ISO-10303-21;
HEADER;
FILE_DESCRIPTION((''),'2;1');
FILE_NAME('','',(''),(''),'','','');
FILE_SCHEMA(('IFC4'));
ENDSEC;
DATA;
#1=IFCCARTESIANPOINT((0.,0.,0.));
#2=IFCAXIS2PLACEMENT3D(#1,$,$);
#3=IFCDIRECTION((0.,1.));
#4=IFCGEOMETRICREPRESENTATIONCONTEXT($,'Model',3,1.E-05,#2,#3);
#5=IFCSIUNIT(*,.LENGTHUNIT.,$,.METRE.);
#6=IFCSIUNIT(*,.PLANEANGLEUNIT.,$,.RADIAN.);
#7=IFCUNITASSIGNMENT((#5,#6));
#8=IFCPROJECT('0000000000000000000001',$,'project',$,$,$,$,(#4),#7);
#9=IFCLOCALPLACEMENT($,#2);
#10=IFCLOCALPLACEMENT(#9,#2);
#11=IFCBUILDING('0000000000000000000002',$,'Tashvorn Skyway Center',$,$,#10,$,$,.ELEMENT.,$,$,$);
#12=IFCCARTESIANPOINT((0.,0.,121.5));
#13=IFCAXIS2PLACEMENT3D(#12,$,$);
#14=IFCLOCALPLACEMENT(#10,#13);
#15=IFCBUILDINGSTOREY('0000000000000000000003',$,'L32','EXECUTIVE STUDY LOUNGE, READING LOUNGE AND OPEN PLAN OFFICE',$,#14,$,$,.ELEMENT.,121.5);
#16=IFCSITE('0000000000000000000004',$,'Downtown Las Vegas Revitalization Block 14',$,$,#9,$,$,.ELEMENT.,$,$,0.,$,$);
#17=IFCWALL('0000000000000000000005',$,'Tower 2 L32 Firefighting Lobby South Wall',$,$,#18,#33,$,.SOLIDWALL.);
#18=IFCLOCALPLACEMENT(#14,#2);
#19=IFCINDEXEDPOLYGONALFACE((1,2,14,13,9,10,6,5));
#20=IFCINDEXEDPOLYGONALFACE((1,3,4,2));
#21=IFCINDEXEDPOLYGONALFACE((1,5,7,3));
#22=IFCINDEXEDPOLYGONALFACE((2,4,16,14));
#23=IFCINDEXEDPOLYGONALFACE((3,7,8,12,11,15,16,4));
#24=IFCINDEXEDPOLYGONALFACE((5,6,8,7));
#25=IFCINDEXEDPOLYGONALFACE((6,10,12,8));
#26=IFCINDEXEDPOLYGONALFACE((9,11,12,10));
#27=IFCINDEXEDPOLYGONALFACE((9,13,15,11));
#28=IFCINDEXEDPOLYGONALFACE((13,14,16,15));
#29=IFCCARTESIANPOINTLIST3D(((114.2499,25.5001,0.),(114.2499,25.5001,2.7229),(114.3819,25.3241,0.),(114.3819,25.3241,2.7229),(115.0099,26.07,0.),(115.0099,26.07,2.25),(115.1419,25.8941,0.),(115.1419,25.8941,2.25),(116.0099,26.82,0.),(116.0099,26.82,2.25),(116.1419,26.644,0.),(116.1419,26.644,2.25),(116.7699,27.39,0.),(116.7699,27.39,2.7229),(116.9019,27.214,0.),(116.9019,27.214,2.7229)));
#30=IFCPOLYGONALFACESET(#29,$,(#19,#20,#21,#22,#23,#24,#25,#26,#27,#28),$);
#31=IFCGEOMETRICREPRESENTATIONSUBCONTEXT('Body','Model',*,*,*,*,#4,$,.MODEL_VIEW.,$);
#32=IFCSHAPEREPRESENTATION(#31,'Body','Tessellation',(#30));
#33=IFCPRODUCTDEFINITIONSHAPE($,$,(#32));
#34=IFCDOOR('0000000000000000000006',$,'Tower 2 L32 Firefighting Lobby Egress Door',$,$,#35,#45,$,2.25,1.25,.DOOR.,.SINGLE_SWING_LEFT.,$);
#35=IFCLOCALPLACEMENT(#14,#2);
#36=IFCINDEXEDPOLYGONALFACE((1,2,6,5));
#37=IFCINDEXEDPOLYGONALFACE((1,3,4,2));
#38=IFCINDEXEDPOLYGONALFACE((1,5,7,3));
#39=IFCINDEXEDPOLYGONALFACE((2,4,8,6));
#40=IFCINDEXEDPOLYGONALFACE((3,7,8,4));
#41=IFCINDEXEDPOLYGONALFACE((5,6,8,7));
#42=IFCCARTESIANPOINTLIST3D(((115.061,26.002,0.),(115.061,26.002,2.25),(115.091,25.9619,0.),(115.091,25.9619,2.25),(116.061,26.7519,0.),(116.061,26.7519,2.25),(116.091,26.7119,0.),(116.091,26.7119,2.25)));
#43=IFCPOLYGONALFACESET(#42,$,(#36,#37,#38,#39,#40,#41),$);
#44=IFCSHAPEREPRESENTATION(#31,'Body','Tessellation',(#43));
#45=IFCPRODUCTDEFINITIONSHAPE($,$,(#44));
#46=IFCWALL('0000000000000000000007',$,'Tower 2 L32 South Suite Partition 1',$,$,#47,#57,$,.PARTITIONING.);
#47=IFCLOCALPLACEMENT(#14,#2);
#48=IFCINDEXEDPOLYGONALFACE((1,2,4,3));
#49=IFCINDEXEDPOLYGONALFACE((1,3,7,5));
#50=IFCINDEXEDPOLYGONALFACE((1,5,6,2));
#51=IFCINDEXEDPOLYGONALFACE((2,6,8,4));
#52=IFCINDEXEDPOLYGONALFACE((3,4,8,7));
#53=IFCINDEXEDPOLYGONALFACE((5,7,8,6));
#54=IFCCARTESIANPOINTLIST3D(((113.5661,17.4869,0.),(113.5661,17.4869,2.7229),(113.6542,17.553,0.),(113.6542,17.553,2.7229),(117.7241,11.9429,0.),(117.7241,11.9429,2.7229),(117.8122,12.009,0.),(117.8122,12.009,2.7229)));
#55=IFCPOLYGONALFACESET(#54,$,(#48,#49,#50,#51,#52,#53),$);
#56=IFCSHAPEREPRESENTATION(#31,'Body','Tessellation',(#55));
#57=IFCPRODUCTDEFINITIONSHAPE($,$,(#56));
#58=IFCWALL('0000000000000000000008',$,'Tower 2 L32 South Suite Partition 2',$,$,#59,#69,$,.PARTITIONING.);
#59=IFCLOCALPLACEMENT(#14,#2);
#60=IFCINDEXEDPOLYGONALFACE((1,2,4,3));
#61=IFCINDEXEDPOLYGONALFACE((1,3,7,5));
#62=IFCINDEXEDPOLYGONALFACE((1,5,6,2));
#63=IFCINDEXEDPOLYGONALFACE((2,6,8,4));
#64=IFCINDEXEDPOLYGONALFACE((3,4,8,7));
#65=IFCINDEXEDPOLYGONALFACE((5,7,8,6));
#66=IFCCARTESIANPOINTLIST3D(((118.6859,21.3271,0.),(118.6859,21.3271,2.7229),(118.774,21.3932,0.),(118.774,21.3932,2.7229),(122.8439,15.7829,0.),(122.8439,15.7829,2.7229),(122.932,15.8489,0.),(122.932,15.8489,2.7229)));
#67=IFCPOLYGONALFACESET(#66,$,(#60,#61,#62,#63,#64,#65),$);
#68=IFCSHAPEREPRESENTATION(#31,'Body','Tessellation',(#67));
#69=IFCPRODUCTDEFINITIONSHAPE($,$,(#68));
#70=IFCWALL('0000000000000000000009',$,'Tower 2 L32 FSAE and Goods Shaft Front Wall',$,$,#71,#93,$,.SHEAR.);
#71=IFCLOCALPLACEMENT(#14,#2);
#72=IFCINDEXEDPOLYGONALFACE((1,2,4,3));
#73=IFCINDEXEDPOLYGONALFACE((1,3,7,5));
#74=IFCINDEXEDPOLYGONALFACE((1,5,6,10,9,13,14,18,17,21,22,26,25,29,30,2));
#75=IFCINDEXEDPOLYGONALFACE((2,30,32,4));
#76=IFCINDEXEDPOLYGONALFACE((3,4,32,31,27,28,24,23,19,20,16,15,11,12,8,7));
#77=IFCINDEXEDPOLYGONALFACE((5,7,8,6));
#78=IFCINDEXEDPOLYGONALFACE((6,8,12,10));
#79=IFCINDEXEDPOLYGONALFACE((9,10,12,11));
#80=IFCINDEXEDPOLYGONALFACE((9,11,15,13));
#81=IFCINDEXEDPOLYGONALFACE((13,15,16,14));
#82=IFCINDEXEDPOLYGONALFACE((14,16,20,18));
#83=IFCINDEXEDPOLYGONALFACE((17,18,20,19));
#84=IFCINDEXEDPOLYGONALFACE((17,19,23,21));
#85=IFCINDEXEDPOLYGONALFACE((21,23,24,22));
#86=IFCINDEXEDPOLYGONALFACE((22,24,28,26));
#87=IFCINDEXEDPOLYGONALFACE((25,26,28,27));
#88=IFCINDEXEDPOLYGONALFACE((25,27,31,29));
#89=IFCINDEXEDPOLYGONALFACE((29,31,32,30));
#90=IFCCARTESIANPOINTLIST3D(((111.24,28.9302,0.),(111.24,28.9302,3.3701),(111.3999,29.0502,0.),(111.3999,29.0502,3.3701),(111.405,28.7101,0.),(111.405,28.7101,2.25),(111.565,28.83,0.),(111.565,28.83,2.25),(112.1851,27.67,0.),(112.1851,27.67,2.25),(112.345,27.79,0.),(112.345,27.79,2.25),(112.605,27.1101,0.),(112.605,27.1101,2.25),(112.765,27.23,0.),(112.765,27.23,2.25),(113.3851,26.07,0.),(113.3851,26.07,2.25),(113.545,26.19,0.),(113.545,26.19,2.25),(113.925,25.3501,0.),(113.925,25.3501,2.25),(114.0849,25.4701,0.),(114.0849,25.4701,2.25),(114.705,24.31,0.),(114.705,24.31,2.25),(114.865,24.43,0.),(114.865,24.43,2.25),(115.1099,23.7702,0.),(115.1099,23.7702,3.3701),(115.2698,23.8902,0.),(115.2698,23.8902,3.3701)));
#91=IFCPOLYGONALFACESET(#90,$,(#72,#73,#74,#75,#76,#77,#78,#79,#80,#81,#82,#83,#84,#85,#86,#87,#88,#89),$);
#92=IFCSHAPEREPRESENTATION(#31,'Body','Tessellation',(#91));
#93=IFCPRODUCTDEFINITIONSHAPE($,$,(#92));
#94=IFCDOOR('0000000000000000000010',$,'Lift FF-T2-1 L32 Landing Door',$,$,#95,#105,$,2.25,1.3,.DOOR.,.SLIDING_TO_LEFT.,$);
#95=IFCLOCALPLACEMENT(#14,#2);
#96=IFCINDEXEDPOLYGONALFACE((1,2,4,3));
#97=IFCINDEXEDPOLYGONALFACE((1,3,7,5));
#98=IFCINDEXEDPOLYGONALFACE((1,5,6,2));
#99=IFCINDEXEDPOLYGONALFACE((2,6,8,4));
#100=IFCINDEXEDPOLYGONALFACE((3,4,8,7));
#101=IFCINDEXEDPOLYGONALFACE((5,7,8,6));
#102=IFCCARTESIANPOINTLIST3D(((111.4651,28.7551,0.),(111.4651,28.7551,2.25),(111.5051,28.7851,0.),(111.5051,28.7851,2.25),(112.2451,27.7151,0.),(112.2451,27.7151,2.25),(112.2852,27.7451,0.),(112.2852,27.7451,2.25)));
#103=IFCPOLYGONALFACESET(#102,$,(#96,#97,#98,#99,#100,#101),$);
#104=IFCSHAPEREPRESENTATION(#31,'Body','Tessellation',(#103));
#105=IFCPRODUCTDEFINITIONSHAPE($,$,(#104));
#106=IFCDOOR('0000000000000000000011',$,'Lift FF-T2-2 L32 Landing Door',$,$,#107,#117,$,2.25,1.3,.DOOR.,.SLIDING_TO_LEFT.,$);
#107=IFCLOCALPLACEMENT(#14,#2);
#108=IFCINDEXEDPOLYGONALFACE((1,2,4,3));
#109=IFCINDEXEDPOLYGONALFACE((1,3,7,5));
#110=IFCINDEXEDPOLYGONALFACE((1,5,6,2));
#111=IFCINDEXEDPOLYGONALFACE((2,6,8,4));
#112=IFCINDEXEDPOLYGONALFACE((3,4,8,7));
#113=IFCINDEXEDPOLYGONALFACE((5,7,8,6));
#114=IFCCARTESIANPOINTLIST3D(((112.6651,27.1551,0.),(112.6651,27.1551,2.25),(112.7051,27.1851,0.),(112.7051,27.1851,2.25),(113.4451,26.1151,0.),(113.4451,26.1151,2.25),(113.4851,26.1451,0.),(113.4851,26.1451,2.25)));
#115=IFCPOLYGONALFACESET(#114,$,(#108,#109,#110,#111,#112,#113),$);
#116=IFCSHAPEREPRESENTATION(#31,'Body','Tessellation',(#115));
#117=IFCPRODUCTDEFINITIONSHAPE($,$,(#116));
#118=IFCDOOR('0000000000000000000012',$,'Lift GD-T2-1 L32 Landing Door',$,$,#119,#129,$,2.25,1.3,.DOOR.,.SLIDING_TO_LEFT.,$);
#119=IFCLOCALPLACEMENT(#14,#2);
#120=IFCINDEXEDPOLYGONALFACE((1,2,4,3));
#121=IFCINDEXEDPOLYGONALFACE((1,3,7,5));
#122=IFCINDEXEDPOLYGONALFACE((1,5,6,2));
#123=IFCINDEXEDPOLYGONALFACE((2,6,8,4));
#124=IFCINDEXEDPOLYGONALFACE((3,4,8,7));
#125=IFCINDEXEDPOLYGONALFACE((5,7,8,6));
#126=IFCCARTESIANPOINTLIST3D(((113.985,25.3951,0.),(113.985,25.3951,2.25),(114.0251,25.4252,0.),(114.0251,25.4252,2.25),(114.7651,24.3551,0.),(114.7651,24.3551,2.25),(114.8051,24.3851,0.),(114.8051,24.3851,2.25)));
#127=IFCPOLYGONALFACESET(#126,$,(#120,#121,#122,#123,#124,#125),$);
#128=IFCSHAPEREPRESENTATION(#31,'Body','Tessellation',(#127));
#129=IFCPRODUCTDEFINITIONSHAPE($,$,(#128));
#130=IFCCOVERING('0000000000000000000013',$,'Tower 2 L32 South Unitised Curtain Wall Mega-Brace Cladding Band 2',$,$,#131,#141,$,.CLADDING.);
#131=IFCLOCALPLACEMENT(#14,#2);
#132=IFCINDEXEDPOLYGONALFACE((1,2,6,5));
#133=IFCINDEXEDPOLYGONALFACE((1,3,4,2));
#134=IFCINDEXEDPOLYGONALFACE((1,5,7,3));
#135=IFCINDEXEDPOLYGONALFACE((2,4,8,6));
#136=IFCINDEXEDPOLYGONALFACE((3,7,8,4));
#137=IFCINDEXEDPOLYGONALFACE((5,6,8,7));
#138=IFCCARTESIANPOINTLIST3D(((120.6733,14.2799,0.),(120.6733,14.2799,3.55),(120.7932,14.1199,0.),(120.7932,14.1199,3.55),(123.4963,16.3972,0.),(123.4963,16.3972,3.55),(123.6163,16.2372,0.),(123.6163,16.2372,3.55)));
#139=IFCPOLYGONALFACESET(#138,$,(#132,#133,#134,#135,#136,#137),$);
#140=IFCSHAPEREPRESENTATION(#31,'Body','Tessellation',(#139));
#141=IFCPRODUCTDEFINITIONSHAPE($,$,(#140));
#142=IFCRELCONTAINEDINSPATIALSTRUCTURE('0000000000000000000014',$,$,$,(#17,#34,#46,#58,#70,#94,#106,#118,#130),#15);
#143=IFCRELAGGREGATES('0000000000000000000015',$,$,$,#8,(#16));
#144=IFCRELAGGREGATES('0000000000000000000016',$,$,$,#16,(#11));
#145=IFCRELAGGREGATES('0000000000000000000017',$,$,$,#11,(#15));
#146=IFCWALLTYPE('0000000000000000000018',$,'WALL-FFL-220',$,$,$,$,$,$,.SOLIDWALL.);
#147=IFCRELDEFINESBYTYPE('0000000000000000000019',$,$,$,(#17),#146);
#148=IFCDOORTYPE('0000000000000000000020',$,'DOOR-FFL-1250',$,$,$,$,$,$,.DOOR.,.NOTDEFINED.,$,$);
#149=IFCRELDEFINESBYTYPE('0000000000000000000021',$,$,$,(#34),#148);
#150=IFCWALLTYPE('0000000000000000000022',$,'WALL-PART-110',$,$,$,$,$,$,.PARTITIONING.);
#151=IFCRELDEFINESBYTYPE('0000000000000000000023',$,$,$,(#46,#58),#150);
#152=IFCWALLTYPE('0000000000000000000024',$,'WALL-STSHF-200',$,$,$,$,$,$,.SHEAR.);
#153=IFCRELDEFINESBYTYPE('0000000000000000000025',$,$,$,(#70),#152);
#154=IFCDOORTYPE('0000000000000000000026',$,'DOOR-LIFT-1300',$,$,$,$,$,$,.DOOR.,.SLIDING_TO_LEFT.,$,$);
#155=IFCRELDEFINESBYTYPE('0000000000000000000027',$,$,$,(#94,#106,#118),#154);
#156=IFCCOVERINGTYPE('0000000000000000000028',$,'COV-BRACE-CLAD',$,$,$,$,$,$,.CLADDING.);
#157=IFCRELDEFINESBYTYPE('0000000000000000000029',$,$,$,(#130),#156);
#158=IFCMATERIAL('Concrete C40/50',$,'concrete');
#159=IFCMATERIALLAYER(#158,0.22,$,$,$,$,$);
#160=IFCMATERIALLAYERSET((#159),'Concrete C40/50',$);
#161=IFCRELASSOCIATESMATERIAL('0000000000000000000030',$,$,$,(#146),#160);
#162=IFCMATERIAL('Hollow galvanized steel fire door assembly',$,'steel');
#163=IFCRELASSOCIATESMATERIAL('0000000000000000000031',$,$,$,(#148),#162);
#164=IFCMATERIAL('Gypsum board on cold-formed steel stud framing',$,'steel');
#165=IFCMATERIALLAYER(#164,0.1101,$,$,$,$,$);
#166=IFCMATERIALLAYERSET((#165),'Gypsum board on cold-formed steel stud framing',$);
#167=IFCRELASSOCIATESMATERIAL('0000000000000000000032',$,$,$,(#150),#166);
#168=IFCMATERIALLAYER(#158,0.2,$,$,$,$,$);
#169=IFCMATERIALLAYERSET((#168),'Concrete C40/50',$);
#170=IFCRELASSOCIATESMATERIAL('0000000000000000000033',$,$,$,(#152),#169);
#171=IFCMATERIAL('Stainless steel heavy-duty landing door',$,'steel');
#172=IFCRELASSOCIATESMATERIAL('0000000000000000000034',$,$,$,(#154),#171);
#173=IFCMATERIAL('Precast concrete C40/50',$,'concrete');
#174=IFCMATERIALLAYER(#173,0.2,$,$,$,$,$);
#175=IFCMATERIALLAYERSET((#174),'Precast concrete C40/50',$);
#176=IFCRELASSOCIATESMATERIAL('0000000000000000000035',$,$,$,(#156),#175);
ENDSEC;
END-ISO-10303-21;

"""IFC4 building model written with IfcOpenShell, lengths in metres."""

from ifc_helpers import new_model, si_unit, direction, frame, frame_2d, origin, origin_2d, place, context, subcontext, project, spatial, rectangle, extrude, material, layer, layer_set, type_object, element, fill, save


model = new_model("IFC4")

# Units and contexts
model_context = context("Model", 3, precision=1e-05, world=origin(), true_north=direction((0.0, 1.0)))
body_context = subcontext(model_context, "Body", "Model", "MODEL_VIEW")
ifc_project = project(units=[si_unit("LENGTHUNIT", "METRE"), si_unit("PLANEANGLEUNIT", "RADIAN")], contexts=[model_context])

# Site, building, storey
site_placement = place(None, origin())
site = spatial("IfcSite", under=ifc_project, at=site_placement, Name="Downtown Las Vegas Revitalization Block 14", CompositionType="ELEMENT", RefElevation=0.0)
building_placement = place(site_placement, origin())
building = spatial("IfcBuilding", under=site, at=building_placement, Name="Tashvorn Skyway Center", CompositionType="ELEMENT")
storey_placement = place(building_placement, frame((0.0, 0.0, 121.5)))
storey = spatial("IfcBuildingStorey", under=building, at=storey_placement, Name="L32", Description="EXECUTIVE STUDY LOUNGE, READING LOUNGE AND OPEN PLAN OFFICE", CompositionType="ELEMENT", Elevation=121.5)

# Wall, opening, door
ifc_material_1 = material(Name="Concrete C40/50", Category="concrete")
ifc_layer_1 = layer(ifc_material_1, 0.22)
ifc_layer_set_1 = layer_set([ifc_layer_1], Name="Concrete C40/50")
wall_type_1 = type_object("IfcWallType", Name="WALL-FFL-220", PredefinedType="SOLIDWALL", material=ifc_layer_set_1)
wall_1_placement = place(storey_placement, frame((114.3159, 25.4121, 0.0), z_axis=(0.0, 0.0, 1.0), x_axis=(0.800019, 0.599975, 0.0)))
wall_1 = element("IfcWall", 1, at=wall_1_placement, inside=storey, type_object=wall_type_1, Name="Tower 2 L32 Firefighting Lobby South Wall", PredefinedType="SOLIDWALL", context=body_context, shape_type="SweptSolid", body=[
    extrude(rectangle(XDim=3.1499, YDim=0.22, at=frame_2d((1.575, 0.0))), origin(), (0.0, 0.0, 1.0), 2.7229),
])
opening_1_placement = place(wall_1_placement, frame((0.95, 0.0, 0.0)))
opening_1 = element("IfcOpeningElement", 2, at=opening_1_placement, cuts=wall_1, PredefinedType="OPENING", context=body_context, shape_type="SweptSolid", body=[
    extrude(rectangle(XDim=1.25, YDim=2.25, at=frame_2d((0.625, 1.125))), frame((0.0, 0.1199, 0.0), z_axis=(0.0, -1.0, 0.0), x_axis=(1.0, 0.0, 0.0)), (0.0, 0.0, 1.0), 0.24),
])
ifc_material_2 = material(Name="Hollow galvanized steel fire door assembly", Category="steel")
door_type_1 = type_object("IfcDoorType", Name="DOOR-FFL-1250", OperationType="NOTDEFINED", PredefinedType="DOOR", material=ifc_material_2)
door_1_placement = place(opening_1_placement, origin())
door_1 = element("IfcDoor", 3, at=door_1_placement, inside=storey, type_object=door_type_1, Name="Tower 2 L32 Firefighting Lobby Egress Door", OperationType="SINGLE_SWING_LEFT", OverallHeight=2.25, OverallWidth=1.25, PredefinedType="DOOR", context=body_context, shape_type="SweptSolid", body=[
    extrude(rectangle(XDim=1.25, YDim=2.25, at=frame_2d((0.625, 1.125))), frame((0.0, 0.0249, 0.0), z_axis=(0.0, -1.0, 0.0), x_axis=(1.0, 0.0, 0.0)), (0.0, 0.0, 1.0), 0.05),
])
fill(opening_1, door_1)

# Walls
ifc_material_3 = material(Name="Gypsum board on cold-formed steel stud framing", Category="steel")
ifc_layer_2 = layer(ifc_material_3, 0.1101)
ifc_layer_set_2 = layer_set([ifc_layer_2], Name="Gypsum board on cold-formed steel stud framing")
wall_type_2 = type_object("IfcWallType", Name="WALL-PART-110", PredefinedType="PARTITIONING", material=ifc_layer_set_2)
wall_2_placement = place(storey_placement, frame((117.7681, 11.9761, 0.0), z_axis=(0.0, 0.0, 1.0), x_axis=(-0.6, 0.8, 0.0)))
element("IfcWall", 4, at=wall_2_placement, inside=storey, type_object=wall_type_2, Name="Tower 2 L32 South Suite Partition 1", PredefinedType="PARTITIONING", context=body_context, shape_type="SweptSolid", body=[
    extrude(rectangle(XDim=6.9299, YDim=0.1101, at=frame_2d((3.4648, 0.0))), origin(), (0.0, 0.0, 1.0), 2.7229),
])
wall_3_placement = place(storey_placement, frame((122.8879, 15.8159, 0.0), z_axis=(0.0, 0.0, 1.0), x_axis=(-0.599983, 0.800013, 0.0)))
element("IfcWall", 5, at=wall_3_placement, inside=storey, type_object=wall_type_2, Name="Tower 2 L32 South Suite Partition 2", PredefinedType="PARTITIONING", context=body_context, shape_type="SweptSolid", body=[
    extrude(rectangle(XDim=6.9302, YDim=0.1101, at=frame_2d((3.4651, 0.0))), origin(), (0.0, 0.0, 1.0), 2.7229),
])

# Wall, openings, doors
ifc_layer_3 = layer(ifc_material_1, 0.2)
ifc_layer_set_3 = layer_set([ifc_layer_3], Name="Concrete C40/50")
wall_type_3 = type_object("IfcWallType", Name="WALL-STSHF-200", PredefinedType="SHEAR", material=ifc_layer_set_3)
wall_4_placement = place(storey_placement, frame((115.1899, 23.8301, 0.0), z_axis=(0.0, 0.0, 1.0), x_axis=(-0.599994, 0.800005, 0.0)))
wall_4 = element("IfcWall", 6, at=wall_4_placement, inside=storey, type_object=wall_type_3, Name="Tower 2 L32 FSAE and Goods Shaft Front Wall", PredefinedType="SHEAR", context=body_context, shape_type="SweptSolid", body=[
    extrude(rectangle(XDim=6.45, YDim=0.2, at=frame_2d((3.2251, 0.0))), origin(), (0.0, 0.0, 1.0), 3.3701),
])
opening_2_placement = place(wall_4_placement, frame((4.875, 0.0, 0.0)))
opening_2 = element("IfcOpeningElement", 7, at=opening_2_placement, cuts=wall_4, PredefinedType="OPENING", context=body_context, shape_type="SweptSolid", body=[
    extrude(rectangle(XDim=1.3, YDim=2.25, at=frame_2d((0.6499, 1.125))), frame((0.0, 0.1099, 0.0), z_axis=(0.0, -1.0, 0.0), x_axis=(1.0, 0.0, 0.0)), (0.0, 0.0, 1.0), 0.22),
])
opening_3_placement = place(wall_4_placement, frame((2.875, 0.0, 0.0)))
opening_3 = element("IfcOpeningElement", 8, at=opening_3_placement, cuts=wall_4, PredefinedType="OPENING", context=body_context, shape_type="SweptSolid", body=[
    extrude(rectangle(XDim=1.3, YDim=2.25, at=frame_2d((0.6499, 1.125))), frame((0.0, 0.1099, 0.0), z_axis=(0.0, -1.0, 0.0), x_axis=(1.0, 0.0, 0.0)), (0.0, 0.0, 1.0), 0.22),
])
opening_4_placement = place(wall_4_placement, frame((0.675, 0.0, 0.0)))
opening_4 = element("IfcOpeningElement", 9, at=opening_4_placement, cuts=wall_4, PredefinedType="OPENING", context=body_context, shape_type="SweptSolid", body=[
    extrude(rectangle(XDim=1.3, YDim=2.25, at=frame_2d((0.6499, 1.125))), frame((0.0, 0.1099, 0.0), z_axis=(0.0, -1.0, 0.0), x_axis=(1.0, 0.0, 0.0)), (0.0, 0.0, 1.0), 0.22),
])
ifc_material_4 = material(Name="Stainless steel heavy-duty landing door", Category="steel")
door_type_2 = type_object("IfcDoorType", Name="DOOR-LIFT-1300", OperationType="SLIDING_TO_LEFT", PredefinedType="DOOR", material=ifc_material_4)
door_2_placement = place(opening_2_placement, origin())
door_2 = element("IfcDoor", 10, at=door_2_placement, inside=storey, type_object=door_type_2, Name="Lift FF-T2-1 L32 Landing Door", OperationType="SLIDING_TO_LEFT", OverallHeight=2.25, OverallWidth=1.3, PredefinedType="DOOR", context=body_context, shape_type="SweptSolid", body=[
    extrude(rectangle(XDim=1.3, YDim=2.25, at=frame_2d((0.6499, 1.125))), frame((0.0, 0.0249, 0.0), z_axis=(0.0, -1.0, 0.0), x_axis=(1.0, 0.0, 0.0)), (0.0, 0.0, 1.0), 0.05),
])
fill(opening_2, door_2)
door_3_placement = place(opening_3_placement, origin())
door_3 = element("IfcDoor", 11, at=door_3_placement, inside=storey, type_object=door_type_2, Name="Lift FF-T2-2 L32 Landing Door", OperationType="SLIDING_TO_LEFT", OverallHeight=2.25, OverallWidth=1.3, PredefinedType="DOOR", context=body_context, shape_type="SweptSolid", body=[
    extrude(rectangle(XDim=1.3, YDim=2.25, at=frame_2d((0.6499, 1.125))), frame((0.0, 0.0249, 0.0), z_axis=(0.0, -1.0, 0.0), x_axis=(1.0, 0.0, 0.0)), (0.0, 0.0, 1.0), 0.05),
])
fill(opening_3, door_3)
door_4_placement = place(opening_4_placement, origin())
door_4 = element("IfcDoor", 12, at=door_4_placement, inside=storey, type_object=door_type_2, Name="Lift GD-T2-1 L32 Landing Door", OperationType="SLIDING_TO_LEFT", OverallHeight=2.25, OverallWidth=1.3, PredefinedType="DOOR", context=body_context, shape_type="SweptSolid", body=[
    extrude(rectangle(XDim=1.3, YDim=2.25, at=frame_2d((0.6499, 1.125))), frame((0.0, 0.0249, 0.0), z_axis=(0.0, -1.0, 0.0), x_axis=(1.0, 0.0, 0.0)), (0.0, 0.0, 1.0), 0.05),
])
fill(opening_4, door_4)

# Covering
ifc_material_5 = material(Name="Precast concrete C40/50", Category="concrete")
ifc_layer_4 = layer(ifc_material_5, 0.2)
ifc_layer_set_4 = layer_set([ifc_layer_4], Name="Precast concrete C40/50")
covering_type = type_object("IfcCoveringType", Name="COV-BRACE-CLAD", PredefinedType="CLADDING", material=ifc_layer_set_4)
covering_placement = place(storey_placement, frame((122.1448, 15.2585, 0.0), z_axis=(0.0, 0.0, 1.0), x_axis=(-0.8, -0.6, 0.0)))
element("IfcCovering", 13, at=covering_placement, inside=storey, type_object=covering_type, Name="Tower 2 L32 South Unitised Curtain Wall Mega-Brace Cladding Band 2", PredefinedType="CLADDING", context=body_context, shape_type="SweptSolid", body=[
    extrude(rectangle(XDim=3.5288, YDim=0.2, at=origin_2d()), origin(), (0.0, 0.0, 1.0), 3.55),
])

save(model, "model.ifc")
